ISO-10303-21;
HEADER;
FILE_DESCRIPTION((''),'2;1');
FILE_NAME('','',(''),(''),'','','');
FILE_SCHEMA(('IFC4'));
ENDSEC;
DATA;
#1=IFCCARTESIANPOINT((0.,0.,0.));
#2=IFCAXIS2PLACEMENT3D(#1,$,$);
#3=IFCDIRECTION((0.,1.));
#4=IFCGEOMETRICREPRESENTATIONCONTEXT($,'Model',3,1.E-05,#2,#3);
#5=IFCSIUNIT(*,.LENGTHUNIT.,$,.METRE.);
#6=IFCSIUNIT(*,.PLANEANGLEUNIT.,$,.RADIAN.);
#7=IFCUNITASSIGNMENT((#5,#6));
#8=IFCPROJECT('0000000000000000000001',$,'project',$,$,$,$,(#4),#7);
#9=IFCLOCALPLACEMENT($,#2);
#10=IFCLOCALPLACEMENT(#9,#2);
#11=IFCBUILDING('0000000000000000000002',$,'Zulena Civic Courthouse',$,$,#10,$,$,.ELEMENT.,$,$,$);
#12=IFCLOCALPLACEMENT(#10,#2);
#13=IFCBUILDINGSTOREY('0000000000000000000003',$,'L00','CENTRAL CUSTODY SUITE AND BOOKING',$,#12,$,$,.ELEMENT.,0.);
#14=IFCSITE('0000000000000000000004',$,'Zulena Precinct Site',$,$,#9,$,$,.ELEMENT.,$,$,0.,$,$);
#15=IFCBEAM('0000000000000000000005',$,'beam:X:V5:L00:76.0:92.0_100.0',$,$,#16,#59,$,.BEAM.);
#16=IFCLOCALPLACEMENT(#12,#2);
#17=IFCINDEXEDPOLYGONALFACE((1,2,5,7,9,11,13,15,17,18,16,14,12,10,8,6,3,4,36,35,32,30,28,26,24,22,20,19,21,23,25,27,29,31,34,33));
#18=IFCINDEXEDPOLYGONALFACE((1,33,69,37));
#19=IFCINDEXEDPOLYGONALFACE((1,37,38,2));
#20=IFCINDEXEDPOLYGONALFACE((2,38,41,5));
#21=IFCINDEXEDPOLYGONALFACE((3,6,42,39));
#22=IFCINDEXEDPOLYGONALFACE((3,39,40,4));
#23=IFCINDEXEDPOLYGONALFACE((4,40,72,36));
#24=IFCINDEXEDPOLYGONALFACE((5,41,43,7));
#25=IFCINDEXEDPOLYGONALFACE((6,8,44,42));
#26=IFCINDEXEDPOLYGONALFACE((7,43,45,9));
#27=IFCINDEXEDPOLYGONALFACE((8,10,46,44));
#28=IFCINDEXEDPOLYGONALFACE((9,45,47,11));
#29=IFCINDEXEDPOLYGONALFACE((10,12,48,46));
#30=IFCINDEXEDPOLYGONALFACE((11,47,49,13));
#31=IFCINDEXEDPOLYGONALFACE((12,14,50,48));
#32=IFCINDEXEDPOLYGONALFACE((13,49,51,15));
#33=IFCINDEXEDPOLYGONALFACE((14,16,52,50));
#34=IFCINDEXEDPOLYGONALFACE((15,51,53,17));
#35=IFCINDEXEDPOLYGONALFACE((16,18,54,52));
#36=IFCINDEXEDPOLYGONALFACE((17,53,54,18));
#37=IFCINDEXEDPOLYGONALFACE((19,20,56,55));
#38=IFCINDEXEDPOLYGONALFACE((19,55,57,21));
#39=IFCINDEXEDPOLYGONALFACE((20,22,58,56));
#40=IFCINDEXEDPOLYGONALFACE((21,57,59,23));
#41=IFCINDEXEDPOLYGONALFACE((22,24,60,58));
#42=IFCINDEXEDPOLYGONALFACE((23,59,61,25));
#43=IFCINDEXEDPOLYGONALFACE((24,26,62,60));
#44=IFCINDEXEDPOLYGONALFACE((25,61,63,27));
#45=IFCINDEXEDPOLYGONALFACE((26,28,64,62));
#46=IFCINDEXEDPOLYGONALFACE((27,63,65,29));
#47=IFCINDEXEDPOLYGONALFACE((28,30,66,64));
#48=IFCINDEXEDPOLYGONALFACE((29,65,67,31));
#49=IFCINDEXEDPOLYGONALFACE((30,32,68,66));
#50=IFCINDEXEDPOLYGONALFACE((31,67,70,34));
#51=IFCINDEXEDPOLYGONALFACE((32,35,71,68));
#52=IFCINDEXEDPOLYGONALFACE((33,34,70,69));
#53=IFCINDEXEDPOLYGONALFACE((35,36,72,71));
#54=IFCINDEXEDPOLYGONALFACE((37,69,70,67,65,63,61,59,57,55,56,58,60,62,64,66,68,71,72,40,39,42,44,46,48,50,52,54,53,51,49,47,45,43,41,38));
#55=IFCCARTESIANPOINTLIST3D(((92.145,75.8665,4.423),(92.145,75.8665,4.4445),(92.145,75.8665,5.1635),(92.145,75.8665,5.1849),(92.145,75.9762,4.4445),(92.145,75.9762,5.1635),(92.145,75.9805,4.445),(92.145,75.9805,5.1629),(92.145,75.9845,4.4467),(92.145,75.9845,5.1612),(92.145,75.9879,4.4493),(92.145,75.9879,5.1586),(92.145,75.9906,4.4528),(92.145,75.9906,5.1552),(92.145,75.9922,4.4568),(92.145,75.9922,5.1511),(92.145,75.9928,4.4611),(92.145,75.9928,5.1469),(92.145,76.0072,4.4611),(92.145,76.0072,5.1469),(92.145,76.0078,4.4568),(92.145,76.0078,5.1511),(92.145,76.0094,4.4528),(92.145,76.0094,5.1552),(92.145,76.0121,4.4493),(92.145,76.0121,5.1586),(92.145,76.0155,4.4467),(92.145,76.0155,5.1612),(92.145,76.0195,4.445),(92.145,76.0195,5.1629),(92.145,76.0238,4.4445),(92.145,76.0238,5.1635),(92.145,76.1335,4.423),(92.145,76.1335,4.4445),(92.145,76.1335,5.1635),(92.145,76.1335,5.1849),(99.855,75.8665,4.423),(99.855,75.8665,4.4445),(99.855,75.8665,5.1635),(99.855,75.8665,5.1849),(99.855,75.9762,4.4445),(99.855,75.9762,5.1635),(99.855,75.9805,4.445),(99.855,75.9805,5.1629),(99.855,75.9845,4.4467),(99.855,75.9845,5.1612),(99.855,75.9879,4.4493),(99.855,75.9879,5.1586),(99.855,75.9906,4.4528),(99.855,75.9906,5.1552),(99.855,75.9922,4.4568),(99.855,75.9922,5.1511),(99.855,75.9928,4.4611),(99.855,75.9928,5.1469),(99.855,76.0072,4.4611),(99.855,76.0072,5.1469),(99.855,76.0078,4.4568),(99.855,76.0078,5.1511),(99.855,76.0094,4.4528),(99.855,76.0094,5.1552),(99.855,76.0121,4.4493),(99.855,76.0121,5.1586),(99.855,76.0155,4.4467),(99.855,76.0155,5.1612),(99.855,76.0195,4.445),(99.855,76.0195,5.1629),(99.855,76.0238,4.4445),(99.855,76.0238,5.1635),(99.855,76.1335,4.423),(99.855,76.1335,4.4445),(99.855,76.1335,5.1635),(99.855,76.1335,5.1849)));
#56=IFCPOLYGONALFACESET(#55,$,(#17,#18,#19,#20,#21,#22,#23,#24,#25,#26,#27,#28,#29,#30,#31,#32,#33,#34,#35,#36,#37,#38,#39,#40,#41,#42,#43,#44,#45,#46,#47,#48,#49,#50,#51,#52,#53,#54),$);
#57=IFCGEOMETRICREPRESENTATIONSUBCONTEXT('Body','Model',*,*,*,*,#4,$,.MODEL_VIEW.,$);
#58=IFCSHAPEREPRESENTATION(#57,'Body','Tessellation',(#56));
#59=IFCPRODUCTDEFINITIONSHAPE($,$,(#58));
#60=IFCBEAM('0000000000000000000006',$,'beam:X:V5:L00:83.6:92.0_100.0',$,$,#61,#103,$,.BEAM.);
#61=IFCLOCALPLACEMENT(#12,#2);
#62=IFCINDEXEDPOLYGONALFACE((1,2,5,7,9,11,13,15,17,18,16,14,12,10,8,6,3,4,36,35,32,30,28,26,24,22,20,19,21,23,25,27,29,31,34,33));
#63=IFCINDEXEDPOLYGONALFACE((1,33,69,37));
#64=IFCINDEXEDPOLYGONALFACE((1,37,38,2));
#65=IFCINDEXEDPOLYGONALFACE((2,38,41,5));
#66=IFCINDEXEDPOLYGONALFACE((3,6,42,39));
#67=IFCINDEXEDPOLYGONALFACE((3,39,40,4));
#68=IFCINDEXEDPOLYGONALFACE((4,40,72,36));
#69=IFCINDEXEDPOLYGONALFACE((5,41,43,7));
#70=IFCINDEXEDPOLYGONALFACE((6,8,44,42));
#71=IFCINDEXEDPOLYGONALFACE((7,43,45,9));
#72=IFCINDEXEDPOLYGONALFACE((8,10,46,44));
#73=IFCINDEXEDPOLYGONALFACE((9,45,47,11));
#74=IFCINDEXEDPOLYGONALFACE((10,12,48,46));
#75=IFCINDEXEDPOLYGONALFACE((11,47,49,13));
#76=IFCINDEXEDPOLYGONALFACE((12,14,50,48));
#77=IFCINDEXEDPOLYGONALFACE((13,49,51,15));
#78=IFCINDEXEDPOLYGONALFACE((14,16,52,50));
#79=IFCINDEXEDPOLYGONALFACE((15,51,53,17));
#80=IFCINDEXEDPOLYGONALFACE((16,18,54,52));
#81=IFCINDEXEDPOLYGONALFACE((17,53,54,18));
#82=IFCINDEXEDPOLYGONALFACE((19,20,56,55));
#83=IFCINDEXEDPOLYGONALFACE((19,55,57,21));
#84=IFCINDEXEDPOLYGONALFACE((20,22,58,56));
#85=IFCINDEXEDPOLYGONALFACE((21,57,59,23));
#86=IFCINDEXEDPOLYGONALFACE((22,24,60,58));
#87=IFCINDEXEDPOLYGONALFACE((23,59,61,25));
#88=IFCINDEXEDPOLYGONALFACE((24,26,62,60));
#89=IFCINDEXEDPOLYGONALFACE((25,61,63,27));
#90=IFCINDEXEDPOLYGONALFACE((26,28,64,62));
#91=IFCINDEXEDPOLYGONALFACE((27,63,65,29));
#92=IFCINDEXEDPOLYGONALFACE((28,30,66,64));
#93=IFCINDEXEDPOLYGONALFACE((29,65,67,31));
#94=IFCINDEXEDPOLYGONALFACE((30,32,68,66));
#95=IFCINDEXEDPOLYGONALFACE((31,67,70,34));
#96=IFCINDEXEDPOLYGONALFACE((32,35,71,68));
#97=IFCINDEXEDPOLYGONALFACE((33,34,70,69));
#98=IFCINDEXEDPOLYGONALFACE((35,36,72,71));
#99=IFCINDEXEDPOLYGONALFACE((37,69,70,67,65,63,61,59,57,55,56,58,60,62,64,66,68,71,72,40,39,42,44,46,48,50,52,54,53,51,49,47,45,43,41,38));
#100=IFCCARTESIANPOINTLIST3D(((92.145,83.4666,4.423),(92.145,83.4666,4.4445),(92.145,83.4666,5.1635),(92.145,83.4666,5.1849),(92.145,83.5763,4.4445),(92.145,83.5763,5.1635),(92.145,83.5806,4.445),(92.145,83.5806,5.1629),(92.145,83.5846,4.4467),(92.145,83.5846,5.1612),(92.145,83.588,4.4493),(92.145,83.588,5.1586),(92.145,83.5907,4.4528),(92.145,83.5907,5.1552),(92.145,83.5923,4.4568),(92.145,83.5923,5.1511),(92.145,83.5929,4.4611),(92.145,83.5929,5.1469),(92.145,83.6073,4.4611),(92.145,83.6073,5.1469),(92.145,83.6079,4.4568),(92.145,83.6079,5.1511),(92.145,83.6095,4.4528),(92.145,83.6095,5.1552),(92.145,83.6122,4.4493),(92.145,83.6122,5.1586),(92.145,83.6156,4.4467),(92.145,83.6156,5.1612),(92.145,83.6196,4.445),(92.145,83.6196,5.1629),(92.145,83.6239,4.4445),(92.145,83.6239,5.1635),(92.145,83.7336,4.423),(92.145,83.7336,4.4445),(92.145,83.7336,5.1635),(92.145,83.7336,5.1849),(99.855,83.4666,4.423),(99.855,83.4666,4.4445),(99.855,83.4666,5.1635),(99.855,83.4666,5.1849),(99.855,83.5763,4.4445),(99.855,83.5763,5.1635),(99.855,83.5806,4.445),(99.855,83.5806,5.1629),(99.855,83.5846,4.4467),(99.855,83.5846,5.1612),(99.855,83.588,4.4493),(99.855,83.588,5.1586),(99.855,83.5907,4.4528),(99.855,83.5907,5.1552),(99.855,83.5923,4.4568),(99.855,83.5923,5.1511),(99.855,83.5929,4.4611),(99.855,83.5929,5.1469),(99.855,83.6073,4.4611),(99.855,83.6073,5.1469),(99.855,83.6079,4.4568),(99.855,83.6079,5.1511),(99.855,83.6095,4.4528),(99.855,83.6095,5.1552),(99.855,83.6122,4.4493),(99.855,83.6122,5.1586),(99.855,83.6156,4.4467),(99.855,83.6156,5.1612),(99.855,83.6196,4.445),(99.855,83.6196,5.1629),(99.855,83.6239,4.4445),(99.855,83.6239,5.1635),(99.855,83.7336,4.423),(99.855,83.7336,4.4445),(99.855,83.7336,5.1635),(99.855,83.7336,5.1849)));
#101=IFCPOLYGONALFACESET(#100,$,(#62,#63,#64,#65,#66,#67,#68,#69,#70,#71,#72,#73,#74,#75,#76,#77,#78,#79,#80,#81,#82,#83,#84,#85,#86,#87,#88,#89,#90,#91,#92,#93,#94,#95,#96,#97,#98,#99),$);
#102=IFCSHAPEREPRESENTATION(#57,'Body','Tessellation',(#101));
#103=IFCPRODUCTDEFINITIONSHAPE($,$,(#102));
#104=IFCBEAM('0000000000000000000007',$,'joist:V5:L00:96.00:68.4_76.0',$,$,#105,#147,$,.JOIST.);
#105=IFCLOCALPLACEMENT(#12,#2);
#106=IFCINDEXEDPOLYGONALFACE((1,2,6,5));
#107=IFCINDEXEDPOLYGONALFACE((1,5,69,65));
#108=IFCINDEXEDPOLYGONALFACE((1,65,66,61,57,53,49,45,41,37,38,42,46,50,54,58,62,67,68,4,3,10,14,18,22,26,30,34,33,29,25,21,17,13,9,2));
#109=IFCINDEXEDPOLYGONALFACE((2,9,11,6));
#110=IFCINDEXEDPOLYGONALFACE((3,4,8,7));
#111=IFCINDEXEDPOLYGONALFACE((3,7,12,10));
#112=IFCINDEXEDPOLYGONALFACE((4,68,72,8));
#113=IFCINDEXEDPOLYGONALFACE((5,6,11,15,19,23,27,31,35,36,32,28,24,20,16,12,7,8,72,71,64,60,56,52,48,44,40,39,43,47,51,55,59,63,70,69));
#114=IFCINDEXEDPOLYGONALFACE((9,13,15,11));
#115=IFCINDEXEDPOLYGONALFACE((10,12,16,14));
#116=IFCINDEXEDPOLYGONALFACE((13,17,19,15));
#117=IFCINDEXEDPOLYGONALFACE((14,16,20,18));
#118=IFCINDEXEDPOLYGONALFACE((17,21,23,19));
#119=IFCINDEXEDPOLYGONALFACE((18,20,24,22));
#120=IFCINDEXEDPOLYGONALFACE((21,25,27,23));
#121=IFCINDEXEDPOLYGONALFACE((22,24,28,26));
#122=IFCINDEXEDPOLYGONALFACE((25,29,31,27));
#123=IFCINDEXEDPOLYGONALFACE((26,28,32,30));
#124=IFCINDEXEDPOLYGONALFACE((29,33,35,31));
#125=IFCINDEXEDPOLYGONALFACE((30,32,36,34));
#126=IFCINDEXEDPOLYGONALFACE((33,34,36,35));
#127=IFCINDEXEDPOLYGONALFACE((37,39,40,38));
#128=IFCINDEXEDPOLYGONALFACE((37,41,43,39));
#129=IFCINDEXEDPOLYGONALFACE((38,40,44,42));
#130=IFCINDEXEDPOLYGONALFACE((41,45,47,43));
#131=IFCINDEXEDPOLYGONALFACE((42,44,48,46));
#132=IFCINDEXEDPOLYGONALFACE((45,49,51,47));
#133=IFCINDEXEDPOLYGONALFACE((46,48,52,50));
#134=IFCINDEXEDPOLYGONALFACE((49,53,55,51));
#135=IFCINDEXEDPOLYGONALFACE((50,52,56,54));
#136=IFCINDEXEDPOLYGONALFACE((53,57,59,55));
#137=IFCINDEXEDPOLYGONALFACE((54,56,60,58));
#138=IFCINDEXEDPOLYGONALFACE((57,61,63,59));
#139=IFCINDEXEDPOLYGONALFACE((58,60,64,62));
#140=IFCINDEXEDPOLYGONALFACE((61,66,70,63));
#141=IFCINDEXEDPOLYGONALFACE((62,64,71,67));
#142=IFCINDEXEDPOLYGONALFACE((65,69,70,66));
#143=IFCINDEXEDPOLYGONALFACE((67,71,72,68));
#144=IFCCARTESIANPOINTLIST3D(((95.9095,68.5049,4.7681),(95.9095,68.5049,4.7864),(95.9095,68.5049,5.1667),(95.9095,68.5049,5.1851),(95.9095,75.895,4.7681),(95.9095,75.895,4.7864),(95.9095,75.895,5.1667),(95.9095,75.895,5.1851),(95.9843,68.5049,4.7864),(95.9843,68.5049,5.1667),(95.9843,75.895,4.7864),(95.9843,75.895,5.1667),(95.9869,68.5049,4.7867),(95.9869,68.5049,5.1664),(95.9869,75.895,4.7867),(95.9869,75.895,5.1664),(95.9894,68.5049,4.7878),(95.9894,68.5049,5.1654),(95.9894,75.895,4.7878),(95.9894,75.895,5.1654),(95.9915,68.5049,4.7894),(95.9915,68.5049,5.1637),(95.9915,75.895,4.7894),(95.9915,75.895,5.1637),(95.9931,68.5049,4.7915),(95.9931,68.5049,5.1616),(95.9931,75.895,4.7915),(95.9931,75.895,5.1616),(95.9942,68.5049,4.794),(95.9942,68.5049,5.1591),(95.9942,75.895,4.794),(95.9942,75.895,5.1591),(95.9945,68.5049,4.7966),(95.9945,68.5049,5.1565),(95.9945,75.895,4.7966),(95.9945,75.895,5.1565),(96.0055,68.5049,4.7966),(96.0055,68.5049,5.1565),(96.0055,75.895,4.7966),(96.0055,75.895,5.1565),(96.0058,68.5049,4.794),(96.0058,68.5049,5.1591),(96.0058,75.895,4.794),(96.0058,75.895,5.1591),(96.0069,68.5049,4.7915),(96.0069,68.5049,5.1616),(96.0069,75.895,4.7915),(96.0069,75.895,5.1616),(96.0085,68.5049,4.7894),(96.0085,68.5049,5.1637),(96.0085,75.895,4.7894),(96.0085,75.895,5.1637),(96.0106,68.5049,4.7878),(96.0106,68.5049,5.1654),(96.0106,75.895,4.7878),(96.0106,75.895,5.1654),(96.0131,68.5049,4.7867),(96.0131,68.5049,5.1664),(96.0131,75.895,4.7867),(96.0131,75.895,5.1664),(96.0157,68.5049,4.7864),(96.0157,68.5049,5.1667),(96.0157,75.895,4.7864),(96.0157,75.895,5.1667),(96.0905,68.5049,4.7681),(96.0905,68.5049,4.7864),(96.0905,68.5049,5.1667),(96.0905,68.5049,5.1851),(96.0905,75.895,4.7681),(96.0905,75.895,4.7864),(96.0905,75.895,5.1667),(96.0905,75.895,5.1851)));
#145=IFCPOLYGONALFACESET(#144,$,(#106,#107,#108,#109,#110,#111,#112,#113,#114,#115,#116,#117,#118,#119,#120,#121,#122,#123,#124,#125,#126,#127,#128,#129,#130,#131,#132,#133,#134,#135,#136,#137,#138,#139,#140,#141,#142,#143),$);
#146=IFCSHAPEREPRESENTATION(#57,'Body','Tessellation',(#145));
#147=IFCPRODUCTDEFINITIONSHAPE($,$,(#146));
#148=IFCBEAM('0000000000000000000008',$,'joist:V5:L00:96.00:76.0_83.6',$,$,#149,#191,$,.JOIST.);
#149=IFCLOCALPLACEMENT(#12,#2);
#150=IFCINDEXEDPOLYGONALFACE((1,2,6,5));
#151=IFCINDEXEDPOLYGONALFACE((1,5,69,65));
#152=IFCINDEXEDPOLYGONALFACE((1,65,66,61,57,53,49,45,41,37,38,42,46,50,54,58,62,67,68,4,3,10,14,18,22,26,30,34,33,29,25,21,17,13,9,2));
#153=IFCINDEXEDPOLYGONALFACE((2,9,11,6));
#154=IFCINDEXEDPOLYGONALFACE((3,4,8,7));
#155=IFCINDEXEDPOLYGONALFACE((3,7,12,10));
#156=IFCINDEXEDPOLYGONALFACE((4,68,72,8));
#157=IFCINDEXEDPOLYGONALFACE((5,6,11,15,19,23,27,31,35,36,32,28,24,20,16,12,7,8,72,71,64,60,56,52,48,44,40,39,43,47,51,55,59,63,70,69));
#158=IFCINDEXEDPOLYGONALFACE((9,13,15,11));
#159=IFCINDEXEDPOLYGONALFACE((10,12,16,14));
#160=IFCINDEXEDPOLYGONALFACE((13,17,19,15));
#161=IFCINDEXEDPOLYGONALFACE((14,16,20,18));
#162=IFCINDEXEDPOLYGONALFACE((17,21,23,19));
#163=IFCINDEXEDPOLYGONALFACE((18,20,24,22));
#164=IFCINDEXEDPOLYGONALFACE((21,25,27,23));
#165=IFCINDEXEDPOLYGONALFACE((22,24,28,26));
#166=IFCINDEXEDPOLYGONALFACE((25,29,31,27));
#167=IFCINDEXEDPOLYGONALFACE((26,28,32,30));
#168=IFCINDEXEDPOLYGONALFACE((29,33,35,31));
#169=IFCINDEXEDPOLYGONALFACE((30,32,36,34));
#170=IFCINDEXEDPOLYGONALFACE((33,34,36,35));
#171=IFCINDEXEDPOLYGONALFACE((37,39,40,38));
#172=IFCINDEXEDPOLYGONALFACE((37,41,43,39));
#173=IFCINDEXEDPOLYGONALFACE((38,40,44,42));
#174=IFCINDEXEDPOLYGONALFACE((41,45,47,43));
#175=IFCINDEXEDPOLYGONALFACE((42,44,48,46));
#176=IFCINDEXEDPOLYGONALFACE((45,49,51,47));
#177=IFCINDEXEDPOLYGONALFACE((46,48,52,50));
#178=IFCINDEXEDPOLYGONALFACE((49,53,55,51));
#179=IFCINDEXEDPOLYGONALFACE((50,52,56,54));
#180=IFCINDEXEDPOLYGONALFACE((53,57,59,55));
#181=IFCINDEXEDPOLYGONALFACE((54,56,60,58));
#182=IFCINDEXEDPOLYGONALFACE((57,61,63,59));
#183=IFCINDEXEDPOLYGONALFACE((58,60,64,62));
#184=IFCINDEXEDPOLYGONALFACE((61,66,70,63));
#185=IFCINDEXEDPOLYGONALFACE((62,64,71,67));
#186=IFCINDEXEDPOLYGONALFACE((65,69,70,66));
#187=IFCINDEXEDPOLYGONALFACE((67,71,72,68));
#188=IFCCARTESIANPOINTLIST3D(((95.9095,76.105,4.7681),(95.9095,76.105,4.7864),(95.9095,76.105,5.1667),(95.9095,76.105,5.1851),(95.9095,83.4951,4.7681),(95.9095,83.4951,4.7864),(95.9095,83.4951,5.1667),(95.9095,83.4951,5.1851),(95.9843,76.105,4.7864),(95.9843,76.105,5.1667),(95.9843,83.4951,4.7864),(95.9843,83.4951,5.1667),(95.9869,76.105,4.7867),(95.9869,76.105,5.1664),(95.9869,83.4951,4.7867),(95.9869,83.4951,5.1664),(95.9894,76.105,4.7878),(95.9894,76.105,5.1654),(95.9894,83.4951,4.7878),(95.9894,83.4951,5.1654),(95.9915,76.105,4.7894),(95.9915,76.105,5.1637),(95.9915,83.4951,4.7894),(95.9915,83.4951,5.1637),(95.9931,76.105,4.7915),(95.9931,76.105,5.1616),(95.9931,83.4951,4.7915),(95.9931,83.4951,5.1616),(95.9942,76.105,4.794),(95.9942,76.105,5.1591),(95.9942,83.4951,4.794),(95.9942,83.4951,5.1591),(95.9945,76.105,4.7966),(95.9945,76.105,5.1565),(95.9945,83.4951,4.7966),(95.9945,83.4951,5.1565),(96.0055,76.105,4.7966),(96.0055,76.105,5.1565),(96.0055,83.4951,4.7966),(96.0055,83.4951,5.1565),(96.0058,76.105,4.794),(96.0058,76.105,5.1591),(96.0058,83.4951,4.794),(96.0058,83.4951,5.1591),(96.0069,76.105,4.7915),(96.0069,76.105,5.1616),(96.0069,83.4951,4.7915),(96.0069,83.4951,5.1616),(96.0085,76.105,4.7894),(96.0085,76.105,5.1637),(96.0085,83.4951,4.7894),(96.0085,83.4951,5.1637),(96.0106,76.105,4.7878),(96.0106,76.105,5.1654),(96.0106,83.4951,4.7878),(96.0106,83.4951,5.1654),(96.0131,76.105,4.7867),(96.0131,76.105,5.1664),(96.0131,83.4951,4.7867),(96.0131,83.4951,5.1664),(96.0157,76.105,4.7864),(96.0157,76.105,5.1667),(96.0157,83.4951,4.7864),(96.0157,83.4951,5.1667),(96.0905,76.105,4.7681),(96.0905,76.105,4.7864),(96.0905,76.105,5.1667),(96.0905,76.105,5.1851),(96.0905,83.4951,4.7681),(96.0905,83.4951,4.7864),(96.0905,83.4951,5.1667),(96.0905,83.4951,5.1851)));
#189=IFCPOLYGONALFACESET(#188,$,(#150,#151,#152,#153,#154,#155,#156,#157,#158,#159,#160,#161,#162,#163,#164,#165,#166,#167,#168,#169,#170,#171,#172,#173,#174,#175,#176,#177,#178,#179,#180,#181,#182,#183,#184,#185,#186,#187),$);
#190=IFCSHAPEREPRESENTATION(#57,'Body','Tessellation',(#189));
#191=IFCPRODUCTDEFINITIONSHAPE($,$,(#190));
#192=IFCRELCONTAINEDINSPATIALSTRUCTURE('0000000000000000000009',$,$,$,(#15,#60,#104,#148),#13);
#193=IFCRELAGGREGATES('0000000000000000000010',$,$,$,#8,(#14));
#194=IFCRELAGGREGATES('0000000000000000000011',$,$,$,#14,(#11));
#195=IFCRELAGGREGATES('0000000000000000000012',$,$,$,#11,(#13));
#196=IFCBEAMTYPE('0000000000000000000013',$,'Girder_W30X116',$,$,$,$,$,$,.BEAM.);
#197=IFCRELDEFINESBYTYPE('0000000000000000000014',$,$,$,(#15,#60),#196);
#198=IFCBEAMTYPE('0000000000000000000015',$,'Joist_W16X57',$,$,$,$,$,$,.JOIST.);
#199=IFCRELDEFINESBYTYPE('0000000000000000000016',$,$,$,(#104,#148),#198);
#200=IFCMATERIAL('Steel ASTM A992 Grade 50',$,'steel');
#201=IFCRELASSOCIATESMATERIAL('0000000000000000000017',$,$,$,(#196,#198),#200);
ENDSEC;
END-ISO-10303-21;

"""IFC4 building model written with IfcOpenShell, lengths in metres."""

from ifc_helpers import new_model, si_unit, direction, frame, origin, origin_2d, place, context, subcontext, project, spatial, i_section, extrude, material, material_profile, profile_set, type_object, element, save


model = new_model("IFC4")

# Units and contexts
model_context = context("Model", 3, precision=1e-05, world=origin(), true_north=direction((0.0, 1.0)))
body_context = subcontext(model_context, "Body", "Model", "MODEL_VIEW")
ifc_project = project(units=[si_unit("LENGTHUNIT", "METRE"), si_unit("PLANEANGLEUNIT", "RADIAN")], contexts=[model_context])

# Site, building, storey
site_placement = place(None, origin())
site = spatial("IfcSite", under=ifc_project, at=site_placement, Name="Zulena Precinct Site", CompositionType="ELEMENT", RefElevation=0.0)
building_placement = place(site_placement, origin())
building = spatial("IfcBuilding", under=site, at=building_placement, Name="Zulena Civic Courthouse", CompositionType="ELEMENT")
storey_placement = place(building_placement, origin())
storey = spatial("IfcBuildingStorey", under=building, at=storey_placement, Name="L00", Description="CENTRAL CUSTODY SUITE AND BOOKING", CompositionType="ELEMENT", Elevation=0.0)

# Shared definitions
ifc_material_1 = material(Name="Steel ASTM A992 Grade 50", Category="steel")

# Beams
ifc_material_profile_1 = material_profile(ifc_material_1, i_section(OverallWidth=0.2671, OverallDepth=0.762, WebThickness=0.0144, FlangeThickness=0.0215, FilletRadius=0.0166, at=origin_2d()), Name="W30X116")
ifc_profile_set_1 = profile_set([ifc_material_profile_1], Name="Steel ASTM A992 Grade 50")
beam_type_1 = type_object("IfcBeamType", Name="Girder_W30X116", PredefinedType="BEAM", material=ifc_profile_set_1)
for number, where, z_axis, x_axis, name in (
    (1, (92.145, 76.0, 4.804), (1.0, 0.0, 0.0), (0.0, 1.0, 0.0), "beam:X:V5:L00:76.0:92.0_100.0"),
    (2, (92.145, 83.6001, 4.804), (1.0, 0.0, 0.0), (0.0, 1.0, 0.0), "beam:X:V5:L00:83.6:92.0_100.0"),
):
    element("IfcBeam", number, at=place(storey_placement, frame(where, z_axis=z_axis, x_axis=x_axis)), inside=storey, type_object=beam_type_1, Name=name, PredefinedType="BEAM", context=body_context, shape_type="SweptSolid", body=[
        extrude(i_section(OverallWidth=0.2671, OverallDepth=0.762, WebThickness=0.0144, FlangeThickness=0.0215, FilletRadius=0.0166, at=origin_2d()), origin(), (0.0, 0.0, 1.0), 7.71),
    ])
ifc_material_profile_2 = material_profile(ifc_material_1, i_section(OverallWidth=0.1809, OverallDepth=0.417, WebThickness=0.011, FlangeThickness=0.0183, FilletRadius=0.0103, at=origin_2d()), Name="W16X57")
ifc_profile_set_2 = profile_set([ifc_material_profile_2], Name="Steel ASTM A992 Grade 50")
beam_type_2 = type_object("IfcBeamType", Name="Joist_W16X57", PredefinedType="JOIST", material=ifc_profile_set_2)
for number, where, z_axis, x_axis, name in (
    (3, (96.0, 68.5049, 4.9766), (0.0, 1.0, 0.0), (-1.0, 0.0, 0.0), "joist:V5:L00:96.00:68.4_76.0"),
    (4, (96.0, 76.105, 4.9766), (0.0, 1.0, 0.0), (-1.0, 0.0, 0.0), "joist:V5:L00:96.00:76.0_83.6"),
):
    element("IfcBeam", number, at=place(storey_placement, frame(where, z_axis=z_axis, x_axis=x_axis)), inside=storey, type_object=beam_type_2, Name=name, PredefinedType="JOIST", context=body_context, shape_type="SweptSolid", body=[
        extrude(i_section(OverallWidth=0.1809, OverallDepth=0.417, WebThickness=0.011, FlangeThickness=0.0183, FilletRadius=0.0103, at=origin_2d()), origin(), (0.0, 0.0, 1.0), 7.3901),
    ])

save(model, "model.ifc")
